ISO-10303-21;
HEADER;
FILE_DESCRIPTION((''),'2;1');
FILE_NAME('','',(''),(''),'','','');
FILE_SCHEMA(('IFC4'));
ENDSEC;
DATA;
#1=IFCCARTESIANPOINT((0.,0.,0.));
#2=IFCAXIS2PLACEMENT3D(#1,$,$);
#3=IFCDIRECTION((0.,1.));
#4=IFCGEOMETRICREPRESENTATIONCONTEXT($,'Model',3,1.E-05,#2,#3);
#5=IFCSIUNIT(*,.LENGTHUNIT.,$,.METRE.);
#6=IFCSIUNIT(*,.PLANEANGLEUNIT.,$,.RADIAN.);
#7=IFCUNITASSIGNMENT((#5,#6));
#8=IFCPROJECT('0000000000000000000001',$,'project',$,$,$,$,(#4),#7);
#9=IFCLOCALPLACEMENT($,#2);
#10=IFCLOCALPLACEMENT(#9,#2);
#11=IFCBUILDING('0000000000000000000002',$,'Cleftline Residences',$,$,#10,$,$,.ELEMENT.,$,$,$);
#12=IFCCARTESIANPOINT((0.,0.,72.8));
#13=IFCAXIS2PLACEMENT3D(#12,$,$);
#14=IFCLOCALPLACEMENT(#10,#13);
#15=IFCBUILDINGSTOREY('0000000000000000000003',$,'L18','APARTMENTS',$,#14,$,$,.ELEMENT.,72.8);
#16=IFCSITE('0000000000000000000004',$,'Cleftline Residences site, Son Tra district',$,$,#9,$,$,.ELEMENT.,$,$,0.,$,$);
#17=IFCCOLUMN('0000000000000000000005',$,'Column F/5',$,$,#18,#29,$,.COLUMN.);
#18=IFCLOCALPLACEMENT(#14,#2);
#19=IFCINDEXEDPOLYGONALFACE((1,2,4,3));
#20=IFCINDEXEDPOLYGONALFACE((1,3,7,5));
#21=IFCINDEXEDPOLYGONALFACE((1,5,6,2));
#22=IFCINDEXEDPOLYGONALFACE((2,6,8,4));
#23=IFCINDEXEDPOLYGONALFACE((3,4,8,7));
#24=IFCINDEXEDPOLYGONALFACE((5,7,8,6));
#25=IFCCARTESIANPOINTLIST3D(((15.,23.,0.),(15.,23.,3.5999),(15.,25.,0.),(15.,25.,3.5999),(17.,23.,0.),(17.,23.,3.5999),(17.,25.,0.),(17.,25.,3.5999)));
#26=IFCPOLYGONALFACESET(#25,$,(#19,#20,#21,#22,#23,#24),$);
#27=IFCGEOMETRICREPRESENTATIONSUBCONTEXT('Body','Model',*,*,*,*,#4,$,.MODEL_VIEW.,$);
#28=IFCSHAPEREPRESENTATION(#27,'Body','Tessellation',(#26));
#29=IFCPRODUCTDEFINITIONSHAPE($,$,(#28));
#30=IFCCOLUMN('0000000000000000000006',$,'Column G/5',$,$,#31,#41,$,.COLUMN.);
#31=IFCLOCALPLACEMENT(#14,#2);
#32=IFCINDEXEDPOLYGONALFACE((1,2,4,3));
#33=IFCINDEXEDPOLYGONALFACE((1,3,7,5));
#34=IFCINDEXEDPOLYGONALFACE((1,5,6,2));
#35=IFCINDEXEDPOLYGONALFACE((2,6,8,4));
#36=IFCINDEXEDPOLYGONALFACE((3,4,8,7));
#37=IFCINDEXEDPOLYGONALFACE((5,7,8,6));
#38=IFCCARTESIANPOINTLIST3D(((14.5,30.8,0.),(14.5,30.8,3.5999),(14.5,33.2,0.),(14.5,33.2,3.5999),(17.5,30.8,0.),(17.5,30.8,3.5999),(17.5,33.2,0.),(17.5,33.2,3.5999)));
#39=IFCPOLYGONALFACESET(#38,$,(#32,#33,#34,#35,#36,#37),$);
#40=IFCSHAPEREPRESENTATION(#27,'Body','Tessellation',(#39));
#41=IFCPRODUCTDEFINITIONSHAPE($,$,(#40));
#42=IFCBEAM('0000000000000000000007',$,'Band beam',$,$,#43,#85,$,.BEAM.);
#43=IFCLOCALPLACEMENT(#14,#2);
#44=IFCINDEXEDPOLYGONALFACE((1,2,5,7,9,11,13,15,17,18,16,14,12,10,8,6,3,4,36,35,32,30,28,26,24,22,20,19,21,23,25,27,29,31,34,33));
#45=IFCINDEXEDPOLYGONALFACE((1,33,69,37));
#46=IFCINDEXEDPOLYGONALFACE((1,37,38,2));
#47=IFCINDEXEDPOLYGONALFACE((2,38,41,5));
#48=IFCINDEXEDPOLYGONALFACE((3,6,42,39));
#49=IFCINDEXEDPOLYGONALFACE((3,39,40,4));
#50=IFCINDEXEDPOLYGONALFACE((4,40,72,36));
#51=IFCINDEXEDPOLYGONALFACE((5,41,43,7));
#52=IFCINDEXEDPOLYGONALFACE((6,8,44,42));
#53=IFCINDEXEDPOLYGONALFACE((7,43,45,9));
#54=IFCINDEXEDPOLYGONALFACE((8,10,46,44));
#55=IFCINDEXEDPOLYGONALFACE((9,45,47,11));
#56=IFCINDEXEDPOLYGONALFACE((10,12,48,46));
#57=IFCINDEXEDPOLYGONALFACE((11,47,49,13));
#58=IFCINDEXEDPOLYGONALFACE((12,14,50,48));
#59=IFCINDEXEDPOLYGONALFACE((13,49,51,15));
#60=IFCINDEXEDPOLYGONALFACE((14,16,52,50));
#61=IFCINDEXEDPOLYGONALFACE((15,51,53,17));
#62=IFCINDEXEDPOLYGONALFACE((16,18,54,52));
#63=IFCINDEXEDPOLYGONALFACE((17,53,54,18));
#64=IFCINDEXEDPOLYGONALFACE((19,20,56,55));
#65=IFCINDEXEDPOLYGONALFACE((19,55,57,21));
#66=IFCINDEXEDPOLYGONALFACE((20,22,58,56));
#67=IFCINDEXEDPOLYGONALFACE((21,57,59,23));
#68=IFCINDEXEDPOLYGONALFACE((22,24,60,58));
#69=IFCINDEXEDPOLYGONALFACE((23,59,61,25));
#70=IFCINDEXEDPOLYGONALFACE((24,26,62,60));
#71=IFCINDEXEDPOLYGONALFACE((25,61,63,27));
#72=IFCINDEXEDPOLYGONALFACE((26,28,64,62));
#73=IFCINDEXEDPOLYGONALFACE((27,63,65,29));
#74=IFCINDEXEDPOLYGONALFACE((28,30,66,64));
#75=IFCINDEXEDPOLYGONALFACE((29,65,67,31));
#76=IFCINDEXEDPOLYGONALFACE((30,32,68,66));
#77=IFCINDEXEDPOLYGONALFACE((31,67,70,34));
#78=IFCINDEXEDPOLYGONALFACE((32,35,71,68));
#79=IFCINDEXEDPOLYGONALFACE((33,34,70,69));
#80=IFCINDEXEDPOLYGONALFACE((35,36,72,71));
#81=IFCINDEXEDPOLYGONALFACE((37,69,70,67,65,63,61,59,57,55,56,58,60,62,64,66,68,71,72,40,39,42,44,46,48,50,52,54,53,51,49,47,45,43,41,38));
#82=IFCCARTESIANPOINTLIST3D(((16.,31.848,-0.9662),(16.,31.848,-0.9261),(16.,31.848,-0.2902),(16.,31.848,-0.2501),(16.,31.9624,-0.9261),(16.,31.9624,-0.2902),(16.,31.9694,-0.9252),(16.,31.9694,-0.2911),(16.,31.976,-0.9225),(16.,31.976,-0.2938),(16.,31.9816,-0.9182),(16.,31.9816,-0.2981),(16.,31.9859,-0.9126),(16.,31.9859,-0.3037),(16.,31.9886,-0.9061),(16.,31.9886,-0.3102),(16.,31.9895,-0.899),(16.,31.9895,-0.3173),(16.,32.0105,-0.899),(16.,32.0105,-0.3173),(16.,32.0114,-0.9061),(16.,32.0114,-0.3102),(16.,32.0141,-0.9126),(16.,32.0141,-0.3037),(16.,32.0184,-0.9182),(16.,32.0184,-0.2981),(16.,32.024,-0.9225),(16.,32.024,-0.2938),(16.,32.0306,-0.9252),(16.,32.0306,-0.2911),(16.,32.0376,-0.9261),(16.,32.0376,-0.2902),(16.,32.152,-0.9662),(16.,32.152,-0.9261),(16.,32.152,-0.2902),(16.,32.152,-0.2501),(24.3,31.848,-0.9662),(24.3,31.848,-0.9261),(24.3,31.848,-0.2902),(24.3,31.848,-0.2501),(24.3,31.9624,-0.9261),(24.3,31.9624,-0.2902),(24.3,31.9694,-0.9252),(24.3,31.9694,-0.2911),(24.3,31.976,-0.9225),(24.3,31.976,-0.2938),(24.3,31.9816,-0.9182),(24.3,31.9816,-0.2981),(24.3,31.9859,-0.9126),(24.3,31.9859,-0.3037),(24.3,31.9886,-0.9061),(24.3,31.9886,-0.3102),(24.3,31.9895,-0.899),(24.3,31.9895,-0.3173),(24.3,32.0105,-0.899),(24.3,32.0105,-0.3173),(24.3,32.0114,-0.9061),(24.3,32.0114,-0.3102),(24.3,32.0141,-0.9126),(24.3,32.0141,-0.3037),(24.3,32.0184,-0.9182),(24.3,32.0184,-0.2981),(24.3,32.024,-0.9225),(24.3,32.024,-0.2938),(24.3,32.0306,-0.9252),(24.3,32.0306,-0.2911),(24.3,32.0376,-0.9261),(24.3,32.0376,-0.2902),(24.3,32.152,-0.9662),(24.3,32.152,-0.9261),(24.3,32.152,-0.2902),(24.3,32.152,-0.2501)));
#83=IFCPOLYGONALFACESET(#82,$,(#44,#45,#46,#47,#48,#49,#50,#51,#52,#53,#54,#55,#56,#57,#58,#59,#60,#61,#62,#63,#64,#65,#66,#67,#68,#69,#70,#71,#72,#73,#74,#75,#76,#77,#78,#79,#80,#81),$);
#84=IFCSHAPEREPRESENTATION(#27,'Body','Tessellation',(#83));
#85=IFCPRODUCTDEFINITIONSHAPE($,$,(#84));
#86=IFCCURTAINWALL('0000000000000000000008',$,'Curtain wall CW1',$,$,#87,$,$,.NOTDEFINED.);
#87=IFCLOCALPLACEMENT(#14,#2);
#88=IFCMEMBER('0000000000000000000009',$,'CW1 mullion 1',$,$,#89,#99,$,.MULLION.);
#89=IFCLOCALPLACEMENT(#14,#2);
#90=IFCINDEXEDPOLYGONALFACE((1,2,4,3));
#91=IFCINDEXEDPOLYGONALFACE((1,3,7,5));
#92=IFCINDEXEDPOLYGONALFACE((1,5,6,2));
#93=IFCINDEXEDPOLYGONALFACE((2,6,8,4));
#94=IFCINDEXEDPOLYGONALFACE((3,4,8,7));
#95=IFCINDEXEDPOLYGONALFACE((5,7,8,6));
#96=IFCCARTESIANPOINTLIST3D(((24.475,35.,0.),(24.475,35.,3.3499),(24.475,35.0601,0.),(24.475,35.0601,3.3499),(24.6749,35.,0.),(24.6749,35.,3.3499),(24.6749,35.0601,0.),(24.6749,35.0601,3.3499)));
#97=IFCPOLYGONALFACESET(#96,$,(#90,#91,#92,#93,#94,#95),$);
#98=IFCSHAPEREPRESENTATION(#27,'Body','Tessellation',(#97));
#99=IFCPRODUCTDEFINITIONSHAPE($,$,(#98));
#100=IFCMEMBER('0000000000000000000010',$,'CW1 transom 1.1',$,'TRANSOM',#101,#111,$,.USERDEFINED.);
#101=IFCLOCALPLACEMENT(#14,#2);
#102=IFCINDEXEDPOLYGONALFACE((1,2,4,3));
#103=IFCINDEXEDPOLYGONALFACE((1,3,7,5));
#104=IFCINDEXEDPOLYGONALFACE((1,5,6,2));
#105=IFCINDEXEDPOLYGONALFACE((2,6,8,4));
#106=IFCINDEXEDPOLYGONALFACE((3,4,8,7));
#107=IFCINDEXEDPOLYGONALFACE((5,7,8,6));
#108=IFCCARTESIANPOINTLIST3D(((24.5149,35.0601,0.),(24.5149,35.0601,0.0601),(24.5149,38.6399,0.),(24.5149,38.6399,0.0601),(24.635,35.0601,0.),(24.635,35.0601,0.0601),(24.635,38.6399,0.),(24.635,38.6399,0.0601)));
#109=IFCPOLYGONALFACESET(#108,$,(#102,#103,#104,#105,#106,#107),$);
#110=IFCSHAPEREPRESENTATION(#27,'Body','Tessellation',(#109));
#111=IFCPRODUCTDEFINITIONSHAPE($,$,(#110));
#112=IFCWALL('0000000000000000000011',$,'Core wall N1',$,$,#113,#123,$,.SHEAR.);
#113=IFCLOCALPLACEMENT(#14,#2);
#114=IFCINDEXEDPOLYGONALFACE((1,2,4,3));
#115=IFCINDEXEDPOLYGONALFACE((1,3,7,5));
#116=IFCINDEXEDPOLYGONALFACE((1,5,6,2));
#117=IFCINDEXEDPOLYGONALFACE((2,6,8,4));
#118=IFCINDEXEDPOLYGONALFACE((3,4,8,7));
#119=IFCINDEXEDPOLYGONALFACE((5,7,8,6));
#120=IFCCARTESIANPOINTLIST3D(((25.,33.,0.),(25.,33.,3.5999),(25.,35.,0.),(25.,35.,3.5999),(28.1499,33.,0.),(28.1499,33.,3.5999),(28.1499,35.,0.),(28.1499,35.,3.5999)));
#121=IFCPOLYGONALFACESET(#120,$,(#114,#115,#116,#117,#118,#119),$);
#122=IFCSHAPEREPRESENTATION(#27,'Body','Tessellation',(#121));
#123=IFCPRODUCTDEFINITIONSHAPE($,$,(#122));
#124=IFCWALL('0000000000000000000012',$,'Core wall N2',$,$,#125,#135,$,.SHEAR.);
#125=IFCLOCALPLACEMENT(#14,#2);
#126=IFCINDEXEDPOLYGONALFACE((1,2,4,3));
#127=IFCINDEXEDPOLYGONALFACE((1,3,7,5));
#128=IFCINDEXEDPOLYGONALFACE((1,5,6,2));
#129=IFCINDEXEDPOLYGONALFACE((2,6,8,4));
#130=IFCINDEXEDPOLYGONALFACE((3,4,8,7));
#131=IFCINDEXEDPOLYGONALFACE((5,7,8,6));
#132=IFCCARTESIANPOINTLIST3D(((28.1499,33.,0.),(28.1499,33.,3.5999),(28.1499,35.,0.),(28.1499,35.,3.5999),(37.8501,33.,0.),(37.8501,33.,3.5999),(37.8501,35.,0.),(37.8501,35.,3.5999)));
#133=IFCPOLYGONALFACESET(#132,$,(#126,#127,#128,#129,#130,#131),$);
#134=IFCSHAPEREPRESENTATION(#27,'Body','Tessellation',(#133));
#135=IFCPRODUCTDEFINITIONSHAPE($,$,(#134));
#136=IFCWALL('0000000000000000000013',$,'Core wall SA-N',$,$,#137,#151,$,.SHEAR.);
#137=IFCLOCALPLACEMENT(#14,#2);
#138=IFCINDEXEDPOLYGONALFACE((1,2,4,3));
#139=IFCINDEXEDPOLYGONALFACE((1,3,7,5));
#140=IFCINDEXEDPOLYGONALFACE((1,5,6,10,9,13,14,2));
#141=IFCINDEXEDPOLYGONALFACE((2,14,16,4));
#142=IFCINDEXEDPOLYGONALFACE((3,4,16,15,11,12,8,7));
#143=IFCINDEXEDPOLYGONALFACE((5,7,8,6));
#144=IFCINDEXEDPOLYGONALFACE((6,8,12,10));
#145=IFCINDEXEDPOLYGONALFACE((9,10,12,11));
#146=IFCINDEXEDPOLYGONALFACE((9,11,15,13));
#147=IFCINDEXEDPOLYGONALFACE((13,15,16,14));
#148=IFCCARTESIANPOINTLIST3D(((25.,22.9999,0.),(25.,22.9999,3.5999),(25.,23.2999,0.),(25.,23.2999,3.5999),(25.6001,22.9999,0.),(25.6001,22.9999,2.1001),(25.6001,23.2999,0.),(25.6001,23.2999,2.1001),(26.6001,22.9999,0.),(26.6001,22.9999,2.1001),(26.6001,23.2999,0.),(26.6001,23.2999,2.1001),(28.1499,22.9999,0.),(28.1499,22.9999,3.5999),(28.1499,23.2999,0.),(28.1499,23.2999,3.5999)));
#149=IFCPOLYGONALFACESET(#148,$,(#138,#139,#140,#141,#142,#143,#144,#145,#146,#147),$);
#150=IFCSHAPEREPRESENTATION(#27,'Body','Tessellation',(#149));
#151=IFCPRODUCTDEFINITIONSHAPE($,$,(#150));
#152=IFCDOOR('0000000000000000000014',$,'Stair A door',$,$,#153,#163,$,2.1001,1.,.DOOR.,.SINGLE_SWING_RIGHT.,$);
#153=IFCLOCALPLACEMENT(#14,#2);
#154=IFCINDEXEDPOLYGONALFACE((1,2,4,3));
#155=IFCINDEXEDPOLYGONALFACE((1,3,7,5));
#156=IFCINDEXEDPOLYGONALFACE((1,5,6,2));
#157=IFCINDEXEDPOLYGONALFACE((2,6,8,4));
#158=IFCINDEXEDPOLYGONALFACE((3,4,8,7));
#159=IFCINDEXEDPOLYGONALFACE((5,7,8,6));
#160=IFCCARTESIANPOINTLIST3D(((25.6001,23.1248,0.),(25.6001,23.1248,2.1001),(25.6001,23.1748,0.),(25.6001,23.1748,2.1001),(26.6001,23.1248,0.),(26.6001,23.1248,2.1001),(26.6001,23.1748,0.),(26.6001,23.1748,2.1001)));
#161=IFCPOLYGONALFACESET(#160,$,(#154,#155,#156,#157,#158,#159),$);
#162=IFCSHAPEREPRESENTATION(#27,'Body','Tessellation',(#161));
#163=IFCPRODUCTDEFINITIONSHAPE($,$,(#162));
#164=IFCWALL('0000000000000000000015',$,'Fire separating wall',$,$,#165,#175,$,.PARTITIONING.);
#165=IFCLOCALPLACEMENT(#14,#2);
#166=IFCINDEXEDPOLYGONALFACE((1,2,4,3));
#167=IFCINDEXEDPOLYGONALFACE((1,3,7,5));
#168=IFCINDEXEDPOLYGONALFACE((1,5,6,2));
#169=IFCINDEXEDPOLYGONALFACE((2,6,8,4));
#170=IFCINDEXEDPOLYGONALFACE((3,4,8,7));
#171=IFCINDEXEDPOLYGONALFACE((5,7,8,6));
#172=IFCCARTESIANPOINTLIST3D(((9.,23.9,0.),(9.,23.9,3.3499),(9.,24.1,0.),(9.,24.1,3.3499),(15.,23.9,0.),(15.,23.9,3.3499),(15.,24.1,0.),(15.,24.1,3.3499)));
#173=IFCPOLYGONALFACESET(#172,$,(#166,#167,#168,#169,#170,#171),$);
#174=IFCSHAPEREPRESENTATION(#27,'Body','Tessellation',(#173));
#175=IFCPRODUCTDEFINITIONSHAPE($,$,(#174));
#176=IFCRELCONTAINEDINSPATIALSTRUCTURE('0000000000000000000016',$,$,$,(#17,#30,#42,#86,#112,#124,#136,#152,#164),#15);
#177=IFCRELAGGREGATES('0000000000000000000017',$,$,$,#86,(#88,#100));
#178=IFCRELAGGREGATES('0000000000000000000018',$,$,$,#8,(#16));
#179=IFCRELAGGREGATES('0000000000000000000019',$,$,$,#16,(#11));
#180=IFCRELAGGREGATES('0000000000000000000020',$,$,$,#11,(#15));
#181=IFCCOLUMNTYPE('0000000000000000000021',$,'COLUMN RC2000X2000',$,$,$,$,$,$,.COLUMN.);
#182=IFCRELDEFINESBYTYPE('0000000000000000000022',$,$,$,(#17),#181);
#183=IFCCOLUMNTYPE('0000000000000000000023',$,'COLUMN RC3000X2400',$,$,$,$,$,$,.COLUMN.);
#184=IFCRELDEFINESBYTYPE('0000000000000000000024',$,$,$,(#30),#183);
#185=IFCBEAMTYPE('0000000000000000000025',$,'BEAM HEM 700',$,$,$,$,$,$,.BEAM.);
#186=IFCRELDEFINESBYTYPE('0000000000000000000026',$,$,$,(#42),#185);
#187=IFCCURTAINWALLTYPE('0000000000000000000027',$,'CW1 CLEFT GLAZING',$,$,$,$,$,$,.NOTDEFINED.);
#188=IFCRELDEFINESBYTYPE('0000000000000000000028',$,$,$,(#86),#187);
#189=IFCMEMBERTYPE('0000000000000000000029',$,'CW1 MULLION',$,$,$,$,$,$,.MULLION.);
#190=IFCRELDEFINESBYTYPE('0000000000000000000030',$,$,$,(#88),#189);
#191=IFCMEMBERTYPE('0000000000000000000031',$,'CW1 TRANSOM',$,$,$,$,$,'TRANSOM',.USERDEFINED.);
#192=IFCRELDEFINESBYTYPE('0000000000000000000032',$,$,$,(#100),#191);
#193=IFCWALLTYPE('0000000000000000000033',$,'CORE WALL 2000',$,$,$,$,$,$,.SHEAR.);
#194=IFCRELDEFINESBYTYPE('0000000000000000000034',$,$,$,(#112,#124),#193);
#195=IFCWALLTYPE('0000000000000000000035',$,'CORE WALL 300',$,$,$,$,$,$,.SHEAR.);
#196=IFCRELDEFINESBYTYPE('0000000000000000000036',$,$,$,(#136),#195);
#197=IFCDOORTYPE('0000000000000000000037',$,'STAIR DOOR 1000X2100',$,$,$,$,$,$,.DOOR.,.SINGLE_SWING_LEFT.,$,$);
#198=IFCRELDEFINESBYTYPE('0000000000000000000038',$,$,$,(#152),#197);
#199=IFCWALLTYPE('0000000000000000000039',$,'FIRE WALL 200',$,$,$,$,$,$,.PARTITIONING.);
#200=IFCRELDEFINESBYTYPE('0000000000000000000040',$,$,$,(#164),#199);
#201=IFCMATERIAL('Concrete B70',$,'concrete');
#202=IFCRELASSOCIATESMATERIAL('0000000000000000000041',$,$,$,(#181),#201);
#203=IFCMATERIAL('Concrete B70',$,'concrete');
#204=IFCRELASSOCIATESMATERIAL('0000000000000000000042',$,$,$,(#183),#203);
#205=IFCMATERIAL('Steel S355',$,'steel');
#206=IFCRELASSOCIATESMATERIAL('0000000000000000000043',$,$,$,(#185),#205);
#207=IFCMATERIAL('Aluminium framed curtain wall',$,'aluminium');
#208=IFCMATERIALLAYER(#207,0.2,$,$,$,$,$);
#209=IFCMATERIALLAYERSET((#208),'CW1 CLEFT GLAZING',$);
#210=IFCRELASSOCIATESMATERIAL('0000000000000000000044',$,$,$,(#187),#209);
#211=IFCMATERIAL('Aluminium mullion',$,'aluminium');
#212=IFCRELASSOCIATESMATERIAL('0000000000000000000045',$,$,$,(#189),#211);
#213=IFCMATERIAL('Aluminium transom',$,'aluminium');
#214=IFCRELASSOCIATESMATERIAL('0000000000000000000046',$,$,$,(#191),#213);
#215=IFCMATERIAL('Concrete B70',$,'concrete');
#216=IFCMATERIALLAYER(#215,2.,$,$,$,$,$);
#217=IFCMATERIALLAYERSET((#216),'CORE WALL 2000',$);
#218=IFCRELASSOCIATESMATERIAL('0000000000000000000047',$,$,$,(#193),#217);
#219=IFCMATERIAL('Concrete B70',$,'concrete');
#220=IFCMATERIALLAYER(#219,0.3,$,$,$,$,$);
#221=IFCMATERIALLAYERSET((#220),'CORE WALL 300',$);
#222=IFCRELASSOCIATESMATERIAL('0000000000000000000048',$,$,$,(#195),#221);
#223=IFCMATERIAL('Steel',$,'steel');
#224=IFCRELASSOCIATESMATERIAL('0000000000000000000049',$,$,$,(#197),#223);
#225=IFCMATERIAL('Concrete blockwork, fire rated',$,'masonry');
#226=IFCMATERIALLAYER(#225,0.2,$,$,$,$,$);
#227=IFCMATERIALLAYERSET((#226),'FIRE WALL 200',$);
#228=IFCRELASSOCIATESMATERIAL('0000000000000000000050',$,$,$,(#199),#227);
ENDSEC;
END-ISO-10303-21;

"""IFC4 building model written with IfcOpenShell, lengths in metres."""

from ifc_helpers import new_model, si_unit, direction, frame, frame_2d, origin, origin_2d, place, context, subcontext, project, spatial, rectangle, i_section, extrude, material, layer, layer_set, material_profile, profile_set, type_object, element, fill, aggregate, save


model = new_model("IFC4")

# Units and contexts
model_context = context("Model", 3, precision=1e-05, world=origin(), true_north=direction((0.0, 1.0)))
body_context = subcontext(model_context, "Body", "Model", "MODEL_VIEW")
ifc_project = project(units=[si_unit("LENGTHUNIT", "METRE"), si_unit("PLANEANGLEUNIT", "RADIAN")], contexts=[model_context])

# Site, building, storey
site_placement = place(None, origin())
site = spatial("IfcSite", under=ifc_project, at=site_placement, Name="Cleftline Residences site, Son Tra district", CompositionType="ELEMENT", RefElevation=0.0)
building_placement = place(site_placement, origin())
building = spatial("IfcBuilding", under=site, at=building_placement, Name="Cleftline Residences", CompositionType="ELEMENT")
storey_placement = place(building_placement, frame((0.0, 0.0, 72.8)))
storey = spatial("IfcBuildingStorey", under=building, at=storey_placement, Name="L18", Description="APARTMENTS", CompositionType="ELEMENT", Elevation=72.8)

# Columns
ifc_material_1 = material(Name="Concrete B70", Category="concrete")
ifc_material_profile_1 = material_profile(ifc_material_1, rectangle(XDim=2.0, YDim=2.0, at=origin_2d()))
ifc_profile_set_1 = profile_set([ifc_material_profile_1], Name="Concrete B70")
column_type_1 = type_object("IfcColumnType", Name="COLUMN RC2000X2000", PredefinedType="COLUMN", material=ifc_profile_set_1)
column_1_placement = place(storey_placement, frame((16.0, 24.0, 0.0), z_axis=(0.0, 0.0, 1.0), x_axis=(1.0, 0.0, 0.0)))
element("IfcColumn", 1, at=column_1_placement, inside=storey, type_object=column_type_1, Name="Column F/5", PredefinedType="COLUMN", context=body_context, shape_type="SweptSolid", body=[
    extrude(rectangle(XDim=2.0, YDim=2.0, at=origin_2d()), origin(), (0.0, 0.0, 1.0), 3.5999),
])
ifc_material_2 = material(Name="Concrete B70", Category="concrete")
ifc_material_profile_2 = material_profile(ifc_material_2, rectangle(XDim=3.0, YDim=2.3999, at=origin_2d()))
ifc_profile_set_2 = profile_set([ifc_material_profile_2], Name="Concrete B70")
column_type_2 = type_object("IfcColumnType", Name="COLUMN RC3000X2400", PredefinedType="COLUMN", material=ifc_profile_set_2)
column_2_placement = place(storey_placement, frame((16.0, 32.0, 0.0), z_axis=(0.0, 0.0, 1.0), x_axis=(1.0, 0.0, 0.0)))
element("IfcColumn", 2, at=column_2_placement, inside=storey, type_object=column_type_2, Name="Column G/5", PredefinedType="COLUMN", context=body_context, shape_type="SweptSolid", body=[
    extrude(rectangle(XDim=3.0, YDim=2.3999, at=origin_2d()), origin(), (0.0, 0.0, 1.0), 3.5999),
])

# Beam
ifc_material_3 = material(Name="Steel S355", Category="steel")
ifc_material_profile_3 = material_profile(ifc_material_3, i_section(OverallWidth=0.304, OverallDepth=0.7161, WebThickness=0.021, FlangeThickness=0.04, FilletRadius=0.0271, at=origin_2d()))
ifc_profile_set_3 = profile_set([ifc_material_profile_3], Name="Steel S355")
beam_type = type_object("IfcBeamType", Name="BEAM HEM 700", PredefinedType="BEAM", material=ifc_profile_set_3)
beam_placement = place(storey_placement, frame((16.0, 32.0, -0.6082), z_axis=(1.0, 0.0, 0.0), x_axis=(0.0, 1.0, 0.0)))
element("IfcBeam", 3, at=beam_placement, inside=storey, type_object=beam_type, Name="Band beam", PredefinedType="BEAM", context=body_context, shape_type="SweptSolid", body=[
    extrude(i_section(OverallWidth=0.304, OverallDepth=0.7161, WebThickness=0.021, FlangeThickness=0.04, FilletRadius=0.0271, at=origin_2d()), origin(), (0.0, 0.0, 1.0), 8.3),
])

# Curtain wall, members
ifc_material_4 = material(Name="Aluminium framed curtain wall", Category="aluminium")
ifc_layer_1 = layer(ifc_material_4, 0.2)
ifc_layer_set_1 = layer_set([ifc_layer_1], Name="CW1 CLEFT GLAZING")
curtain_wall_type = type_object("IfcCurtainWallType", Name="CW1 CLEFT GLAZING", PredefinedType="NOTDEFINED", material=ifc_layer_set_1)
curtain_wall_placement = place(storey_placement, origin())
curtain_wall = element("IfcCurtainWall", 4, at=curtain_wall_placement, inside=storey, type_object=curtain_wall_type, Name="Curtain wall CW1", PredefinedType="NOTDEFINED")
ifc_material_5 = material(Name="Aluminium mullion", Category="aluminium")
ifc_material_profile_4 = material_profile(ifc_material_5, rectangle(XDim=0.2, YDim=0.0601, at=origin_2d()))
ifc_profile_set_4 = profile_set([ifc_material_profile_4], Name="Aluminium mullion")
member_type_1 = type_object("IfcMemberType", Name="CW1 MULLION", PredefinedType="MULLION", material=ifc_profile_set_4)
member_1_placement = place(storey_placement, frame((24.575, 35.03, 0.0), z_axis=(0.0, 0.0, 1.0), x_axis=(-1.0, 0.0, 0.0)))
member_1 = element("IfcMember", 5, at=member_1_placement, type_object=member_type_1, Name="CW1 mullion 1", PredefinedType="MULLION", context=body_context, shape_type="SweptSolid", body=[
    extrude(rectangle(XDim=0.2, YDim=0.0601, at=origin_2d()), origin(), (0.0, 0.0, 1.0), 3.3499),
])
ifc_material_6 = material(Name="Aluminium transom", Category="aluminium")
ifc_material_profile_5 = material_profile(ifc_material_6, rectangle(XDim=0.1201, YDim=0.0601, at=origin_2d()))
ifc_profile_set_5 = profile_set([ifc_material_profile_5], Name="Aluminium transom")
member_type_2 = type_object("IfcMemberType", Name="CW1 TRANSOM", ElementType="TRANSOM", PredefinedType="USERDEFINED", material=ifc_profile_set_5)
member_2_placement = place(storey_placement, frame((24.575, 35.0601, 0.03), z_axis=(0.0, 1.0, 0.0), x_axis=(-1.0, 0.0, 0.0)))
member_2 = element("IfcMember", 6, at=member_2_placement, type_object=member_type_2, Name="CW1 transom 1.1", ObjectType="TRANSOM", PredefinedType="USERDEFINED", context=body_context, shape_type="SweptSolid", body=[
    extrude(rectangle(XDim=0.1201, YDim=0.0601, at=origin_2d()), origin(), (0.0, 0.0, 1.0), 3.5798),
])
aggregate(curtain_wall, [member_1, member_2])

# Walls
ifc_material_7 = material(Name="Concrete B70", Category="concrete")
ifc_layer_2 = layer(ifc_material_7, 2.0)
ifc_layer_set_2 = layer_set([ifc_layer_2], Name="CORE WALL 2000")
wall_type_1 = type_object("IfcWallType", Name="CORE WALL 2000", PredefinedType="SHEAR", material=ifc_layer_set_2)
wall_1_placement = place(storey_placement, frame((25.0, 34.0, 0.0), z_axis=(0.0, 0.0, 1.0), x_axis=(1.0, 0.0, 0.0)))
element("IfcWall", 7, at=wall_1_placement, inside=storey, type_object=wall_type_1, Name="Core wall N1", PredefinedType="SHEAR", context=body_context, shape_type="SweptSolid", body=[
    extrude(rectangle(XDim=3.1499, YDim=2.0, at=frame_2d((1.575, 0.0))), origin(), (0.0, 0.0, 1.0), 3.5999),
])
wall_2_placement = place(storey_placement, frame((28.1499, 34.0, 0.0), z_axis=(0.0, 0.0, 1.0), x_axis=(1.0, 0.0, 0.0)))
element("IfcWall", 8, at=wall_2_placement, inside=storey, type_object=wall_type_1, Name="Core wall N2", PredefinedType="SHEAR", context=body_context, shape_type="SweptSolid", body=[
    extrude(rectangle(XDim=9.7002, YDim=2.0, at=frame_2d((4.8501, 0.0))), origin(), (0.0, 0.0, 1.0), 3.5999),
])

# Wall, opening, door
ifc_material_8 = material(Name="Concrete B70", Category="concrete")
ifc_layer_3 = layer(ifc_material_8, 0.3)
ifc_layer_set_3 = layer_set([ifc_layer_3], Name="CORE WALL 300")
wall_type_2 = type_object("IfcWallType", Name="CORE WALL 300", PredefinedType="SHEAR", material=ifc_layer_set_3)
wall_3_placement = place(storey_placement, frame((25.0, 23.1499, 0.0), z_axis=(0.0, 0.0, 1.0), x_axis=(1.0, 0.0, 0.0)))
wall_3 = element("IfcWall", 9, at=wall_3_placement, inside=storey, type_object=wall_type_2, Name="Core wall SA-N", PredefinedType="SHEAR", context=body_context, shape_type="SweptSolid", body=[
    extrude(rectangle(XDim=3.1499, YDim=0.3, at=frame_2d((1.575, 0.0))), origin(), (0.0, 0.0, 1.0), 3.5999),
])
opening_1_placement = place(wall_3_placement, frame((0.6001, 0.0, 0.0)))
opening_1 = element("IfcOpeningElement", 10, at=opening_1_placement, cuts=wall_3, PredefinedType="OPENING", context=body_context, shape_type="SweptSolid", body=[
    extrude(rectangle(XDim=1.0, YDim=2.1001, at=frame_2d((0.5, 1.05))), frame((0.0, 0.1599, 0.0), z_axis=(0.0, -1.0, 0.0), x_axis=(1.0, 0.0, 0.0)), (0.0, 0.0, 1.0), 0.3201),
])
ifc_material_9 = material(Name="Steel", Category="steel")
door_type_1 = type_object("IfcDoorType", Name="STAIR DOOR 1000X2100", OperationType="SINGLE_SWING_LEFT", PredefinedType="DOOR", material=ifc_material_9)
door_1_placement = place(opening_1_placement, origin())
door_1 = element("IfcDoor", 11, at=door_1_placement, inside=storey, type_object=door_type_1, Name="Stair A door", OperationType="SINGLE_SWING_RIGHT", OverallHeight=2.1001, OverallWidth=1.0, PredefinedType="DOOR", context=body_context, shape_type="SweptSolid", body=[
    extrude(rectangle(XDim=1.0, YDim=2.1001, at=frame_2d((0.5, 1.05))), frame((0.0, 0.0249, 0.0), z_axis=(0.0, -1.0, 0.0), x_axis=(1.0, 0.0, 0.0)), (0.0, 0.0, 1.0), 0.05),
])
fill(opening_1, door_1)

# Wall
ifc_material_10 = material(Name="Concrete blockwork, fire rated", Category="masonry")
ifc_layer_4 = layer(ifc_material_10, 0.2)
ifc_layer_set_4 = layer_set([ifc_layer_4], Name="FIRE WALL 200")
wall_type_3 = type_object("IfcWallType", Name="FIRE WALL 200", PredefinedType="PARTITIONING", material=ifc_layer_set_4)
wall_4_placement = place(storey_placement, frame((9.0, 24.0, 0.0), z_axis=(0.0, 0.0, 1.0), x_axis=(1.0, 0.0, 0.0)))
element("IfcWall", 12, at=wall_4_placement, inside=storey, type_object=wall_type_3, Name="Fire separating wall", PredefinedType="PARTITIONING", context=body_context, shape_type="SweptSolid", body=[
    extrude(rectangle(XDim=6.0, YDim=0.2, at=frame_2d((3.0, 0.0))), origin(), (0.0, 0.0, 1.0), 3.3499),
])

save(model, "model.ifc")
